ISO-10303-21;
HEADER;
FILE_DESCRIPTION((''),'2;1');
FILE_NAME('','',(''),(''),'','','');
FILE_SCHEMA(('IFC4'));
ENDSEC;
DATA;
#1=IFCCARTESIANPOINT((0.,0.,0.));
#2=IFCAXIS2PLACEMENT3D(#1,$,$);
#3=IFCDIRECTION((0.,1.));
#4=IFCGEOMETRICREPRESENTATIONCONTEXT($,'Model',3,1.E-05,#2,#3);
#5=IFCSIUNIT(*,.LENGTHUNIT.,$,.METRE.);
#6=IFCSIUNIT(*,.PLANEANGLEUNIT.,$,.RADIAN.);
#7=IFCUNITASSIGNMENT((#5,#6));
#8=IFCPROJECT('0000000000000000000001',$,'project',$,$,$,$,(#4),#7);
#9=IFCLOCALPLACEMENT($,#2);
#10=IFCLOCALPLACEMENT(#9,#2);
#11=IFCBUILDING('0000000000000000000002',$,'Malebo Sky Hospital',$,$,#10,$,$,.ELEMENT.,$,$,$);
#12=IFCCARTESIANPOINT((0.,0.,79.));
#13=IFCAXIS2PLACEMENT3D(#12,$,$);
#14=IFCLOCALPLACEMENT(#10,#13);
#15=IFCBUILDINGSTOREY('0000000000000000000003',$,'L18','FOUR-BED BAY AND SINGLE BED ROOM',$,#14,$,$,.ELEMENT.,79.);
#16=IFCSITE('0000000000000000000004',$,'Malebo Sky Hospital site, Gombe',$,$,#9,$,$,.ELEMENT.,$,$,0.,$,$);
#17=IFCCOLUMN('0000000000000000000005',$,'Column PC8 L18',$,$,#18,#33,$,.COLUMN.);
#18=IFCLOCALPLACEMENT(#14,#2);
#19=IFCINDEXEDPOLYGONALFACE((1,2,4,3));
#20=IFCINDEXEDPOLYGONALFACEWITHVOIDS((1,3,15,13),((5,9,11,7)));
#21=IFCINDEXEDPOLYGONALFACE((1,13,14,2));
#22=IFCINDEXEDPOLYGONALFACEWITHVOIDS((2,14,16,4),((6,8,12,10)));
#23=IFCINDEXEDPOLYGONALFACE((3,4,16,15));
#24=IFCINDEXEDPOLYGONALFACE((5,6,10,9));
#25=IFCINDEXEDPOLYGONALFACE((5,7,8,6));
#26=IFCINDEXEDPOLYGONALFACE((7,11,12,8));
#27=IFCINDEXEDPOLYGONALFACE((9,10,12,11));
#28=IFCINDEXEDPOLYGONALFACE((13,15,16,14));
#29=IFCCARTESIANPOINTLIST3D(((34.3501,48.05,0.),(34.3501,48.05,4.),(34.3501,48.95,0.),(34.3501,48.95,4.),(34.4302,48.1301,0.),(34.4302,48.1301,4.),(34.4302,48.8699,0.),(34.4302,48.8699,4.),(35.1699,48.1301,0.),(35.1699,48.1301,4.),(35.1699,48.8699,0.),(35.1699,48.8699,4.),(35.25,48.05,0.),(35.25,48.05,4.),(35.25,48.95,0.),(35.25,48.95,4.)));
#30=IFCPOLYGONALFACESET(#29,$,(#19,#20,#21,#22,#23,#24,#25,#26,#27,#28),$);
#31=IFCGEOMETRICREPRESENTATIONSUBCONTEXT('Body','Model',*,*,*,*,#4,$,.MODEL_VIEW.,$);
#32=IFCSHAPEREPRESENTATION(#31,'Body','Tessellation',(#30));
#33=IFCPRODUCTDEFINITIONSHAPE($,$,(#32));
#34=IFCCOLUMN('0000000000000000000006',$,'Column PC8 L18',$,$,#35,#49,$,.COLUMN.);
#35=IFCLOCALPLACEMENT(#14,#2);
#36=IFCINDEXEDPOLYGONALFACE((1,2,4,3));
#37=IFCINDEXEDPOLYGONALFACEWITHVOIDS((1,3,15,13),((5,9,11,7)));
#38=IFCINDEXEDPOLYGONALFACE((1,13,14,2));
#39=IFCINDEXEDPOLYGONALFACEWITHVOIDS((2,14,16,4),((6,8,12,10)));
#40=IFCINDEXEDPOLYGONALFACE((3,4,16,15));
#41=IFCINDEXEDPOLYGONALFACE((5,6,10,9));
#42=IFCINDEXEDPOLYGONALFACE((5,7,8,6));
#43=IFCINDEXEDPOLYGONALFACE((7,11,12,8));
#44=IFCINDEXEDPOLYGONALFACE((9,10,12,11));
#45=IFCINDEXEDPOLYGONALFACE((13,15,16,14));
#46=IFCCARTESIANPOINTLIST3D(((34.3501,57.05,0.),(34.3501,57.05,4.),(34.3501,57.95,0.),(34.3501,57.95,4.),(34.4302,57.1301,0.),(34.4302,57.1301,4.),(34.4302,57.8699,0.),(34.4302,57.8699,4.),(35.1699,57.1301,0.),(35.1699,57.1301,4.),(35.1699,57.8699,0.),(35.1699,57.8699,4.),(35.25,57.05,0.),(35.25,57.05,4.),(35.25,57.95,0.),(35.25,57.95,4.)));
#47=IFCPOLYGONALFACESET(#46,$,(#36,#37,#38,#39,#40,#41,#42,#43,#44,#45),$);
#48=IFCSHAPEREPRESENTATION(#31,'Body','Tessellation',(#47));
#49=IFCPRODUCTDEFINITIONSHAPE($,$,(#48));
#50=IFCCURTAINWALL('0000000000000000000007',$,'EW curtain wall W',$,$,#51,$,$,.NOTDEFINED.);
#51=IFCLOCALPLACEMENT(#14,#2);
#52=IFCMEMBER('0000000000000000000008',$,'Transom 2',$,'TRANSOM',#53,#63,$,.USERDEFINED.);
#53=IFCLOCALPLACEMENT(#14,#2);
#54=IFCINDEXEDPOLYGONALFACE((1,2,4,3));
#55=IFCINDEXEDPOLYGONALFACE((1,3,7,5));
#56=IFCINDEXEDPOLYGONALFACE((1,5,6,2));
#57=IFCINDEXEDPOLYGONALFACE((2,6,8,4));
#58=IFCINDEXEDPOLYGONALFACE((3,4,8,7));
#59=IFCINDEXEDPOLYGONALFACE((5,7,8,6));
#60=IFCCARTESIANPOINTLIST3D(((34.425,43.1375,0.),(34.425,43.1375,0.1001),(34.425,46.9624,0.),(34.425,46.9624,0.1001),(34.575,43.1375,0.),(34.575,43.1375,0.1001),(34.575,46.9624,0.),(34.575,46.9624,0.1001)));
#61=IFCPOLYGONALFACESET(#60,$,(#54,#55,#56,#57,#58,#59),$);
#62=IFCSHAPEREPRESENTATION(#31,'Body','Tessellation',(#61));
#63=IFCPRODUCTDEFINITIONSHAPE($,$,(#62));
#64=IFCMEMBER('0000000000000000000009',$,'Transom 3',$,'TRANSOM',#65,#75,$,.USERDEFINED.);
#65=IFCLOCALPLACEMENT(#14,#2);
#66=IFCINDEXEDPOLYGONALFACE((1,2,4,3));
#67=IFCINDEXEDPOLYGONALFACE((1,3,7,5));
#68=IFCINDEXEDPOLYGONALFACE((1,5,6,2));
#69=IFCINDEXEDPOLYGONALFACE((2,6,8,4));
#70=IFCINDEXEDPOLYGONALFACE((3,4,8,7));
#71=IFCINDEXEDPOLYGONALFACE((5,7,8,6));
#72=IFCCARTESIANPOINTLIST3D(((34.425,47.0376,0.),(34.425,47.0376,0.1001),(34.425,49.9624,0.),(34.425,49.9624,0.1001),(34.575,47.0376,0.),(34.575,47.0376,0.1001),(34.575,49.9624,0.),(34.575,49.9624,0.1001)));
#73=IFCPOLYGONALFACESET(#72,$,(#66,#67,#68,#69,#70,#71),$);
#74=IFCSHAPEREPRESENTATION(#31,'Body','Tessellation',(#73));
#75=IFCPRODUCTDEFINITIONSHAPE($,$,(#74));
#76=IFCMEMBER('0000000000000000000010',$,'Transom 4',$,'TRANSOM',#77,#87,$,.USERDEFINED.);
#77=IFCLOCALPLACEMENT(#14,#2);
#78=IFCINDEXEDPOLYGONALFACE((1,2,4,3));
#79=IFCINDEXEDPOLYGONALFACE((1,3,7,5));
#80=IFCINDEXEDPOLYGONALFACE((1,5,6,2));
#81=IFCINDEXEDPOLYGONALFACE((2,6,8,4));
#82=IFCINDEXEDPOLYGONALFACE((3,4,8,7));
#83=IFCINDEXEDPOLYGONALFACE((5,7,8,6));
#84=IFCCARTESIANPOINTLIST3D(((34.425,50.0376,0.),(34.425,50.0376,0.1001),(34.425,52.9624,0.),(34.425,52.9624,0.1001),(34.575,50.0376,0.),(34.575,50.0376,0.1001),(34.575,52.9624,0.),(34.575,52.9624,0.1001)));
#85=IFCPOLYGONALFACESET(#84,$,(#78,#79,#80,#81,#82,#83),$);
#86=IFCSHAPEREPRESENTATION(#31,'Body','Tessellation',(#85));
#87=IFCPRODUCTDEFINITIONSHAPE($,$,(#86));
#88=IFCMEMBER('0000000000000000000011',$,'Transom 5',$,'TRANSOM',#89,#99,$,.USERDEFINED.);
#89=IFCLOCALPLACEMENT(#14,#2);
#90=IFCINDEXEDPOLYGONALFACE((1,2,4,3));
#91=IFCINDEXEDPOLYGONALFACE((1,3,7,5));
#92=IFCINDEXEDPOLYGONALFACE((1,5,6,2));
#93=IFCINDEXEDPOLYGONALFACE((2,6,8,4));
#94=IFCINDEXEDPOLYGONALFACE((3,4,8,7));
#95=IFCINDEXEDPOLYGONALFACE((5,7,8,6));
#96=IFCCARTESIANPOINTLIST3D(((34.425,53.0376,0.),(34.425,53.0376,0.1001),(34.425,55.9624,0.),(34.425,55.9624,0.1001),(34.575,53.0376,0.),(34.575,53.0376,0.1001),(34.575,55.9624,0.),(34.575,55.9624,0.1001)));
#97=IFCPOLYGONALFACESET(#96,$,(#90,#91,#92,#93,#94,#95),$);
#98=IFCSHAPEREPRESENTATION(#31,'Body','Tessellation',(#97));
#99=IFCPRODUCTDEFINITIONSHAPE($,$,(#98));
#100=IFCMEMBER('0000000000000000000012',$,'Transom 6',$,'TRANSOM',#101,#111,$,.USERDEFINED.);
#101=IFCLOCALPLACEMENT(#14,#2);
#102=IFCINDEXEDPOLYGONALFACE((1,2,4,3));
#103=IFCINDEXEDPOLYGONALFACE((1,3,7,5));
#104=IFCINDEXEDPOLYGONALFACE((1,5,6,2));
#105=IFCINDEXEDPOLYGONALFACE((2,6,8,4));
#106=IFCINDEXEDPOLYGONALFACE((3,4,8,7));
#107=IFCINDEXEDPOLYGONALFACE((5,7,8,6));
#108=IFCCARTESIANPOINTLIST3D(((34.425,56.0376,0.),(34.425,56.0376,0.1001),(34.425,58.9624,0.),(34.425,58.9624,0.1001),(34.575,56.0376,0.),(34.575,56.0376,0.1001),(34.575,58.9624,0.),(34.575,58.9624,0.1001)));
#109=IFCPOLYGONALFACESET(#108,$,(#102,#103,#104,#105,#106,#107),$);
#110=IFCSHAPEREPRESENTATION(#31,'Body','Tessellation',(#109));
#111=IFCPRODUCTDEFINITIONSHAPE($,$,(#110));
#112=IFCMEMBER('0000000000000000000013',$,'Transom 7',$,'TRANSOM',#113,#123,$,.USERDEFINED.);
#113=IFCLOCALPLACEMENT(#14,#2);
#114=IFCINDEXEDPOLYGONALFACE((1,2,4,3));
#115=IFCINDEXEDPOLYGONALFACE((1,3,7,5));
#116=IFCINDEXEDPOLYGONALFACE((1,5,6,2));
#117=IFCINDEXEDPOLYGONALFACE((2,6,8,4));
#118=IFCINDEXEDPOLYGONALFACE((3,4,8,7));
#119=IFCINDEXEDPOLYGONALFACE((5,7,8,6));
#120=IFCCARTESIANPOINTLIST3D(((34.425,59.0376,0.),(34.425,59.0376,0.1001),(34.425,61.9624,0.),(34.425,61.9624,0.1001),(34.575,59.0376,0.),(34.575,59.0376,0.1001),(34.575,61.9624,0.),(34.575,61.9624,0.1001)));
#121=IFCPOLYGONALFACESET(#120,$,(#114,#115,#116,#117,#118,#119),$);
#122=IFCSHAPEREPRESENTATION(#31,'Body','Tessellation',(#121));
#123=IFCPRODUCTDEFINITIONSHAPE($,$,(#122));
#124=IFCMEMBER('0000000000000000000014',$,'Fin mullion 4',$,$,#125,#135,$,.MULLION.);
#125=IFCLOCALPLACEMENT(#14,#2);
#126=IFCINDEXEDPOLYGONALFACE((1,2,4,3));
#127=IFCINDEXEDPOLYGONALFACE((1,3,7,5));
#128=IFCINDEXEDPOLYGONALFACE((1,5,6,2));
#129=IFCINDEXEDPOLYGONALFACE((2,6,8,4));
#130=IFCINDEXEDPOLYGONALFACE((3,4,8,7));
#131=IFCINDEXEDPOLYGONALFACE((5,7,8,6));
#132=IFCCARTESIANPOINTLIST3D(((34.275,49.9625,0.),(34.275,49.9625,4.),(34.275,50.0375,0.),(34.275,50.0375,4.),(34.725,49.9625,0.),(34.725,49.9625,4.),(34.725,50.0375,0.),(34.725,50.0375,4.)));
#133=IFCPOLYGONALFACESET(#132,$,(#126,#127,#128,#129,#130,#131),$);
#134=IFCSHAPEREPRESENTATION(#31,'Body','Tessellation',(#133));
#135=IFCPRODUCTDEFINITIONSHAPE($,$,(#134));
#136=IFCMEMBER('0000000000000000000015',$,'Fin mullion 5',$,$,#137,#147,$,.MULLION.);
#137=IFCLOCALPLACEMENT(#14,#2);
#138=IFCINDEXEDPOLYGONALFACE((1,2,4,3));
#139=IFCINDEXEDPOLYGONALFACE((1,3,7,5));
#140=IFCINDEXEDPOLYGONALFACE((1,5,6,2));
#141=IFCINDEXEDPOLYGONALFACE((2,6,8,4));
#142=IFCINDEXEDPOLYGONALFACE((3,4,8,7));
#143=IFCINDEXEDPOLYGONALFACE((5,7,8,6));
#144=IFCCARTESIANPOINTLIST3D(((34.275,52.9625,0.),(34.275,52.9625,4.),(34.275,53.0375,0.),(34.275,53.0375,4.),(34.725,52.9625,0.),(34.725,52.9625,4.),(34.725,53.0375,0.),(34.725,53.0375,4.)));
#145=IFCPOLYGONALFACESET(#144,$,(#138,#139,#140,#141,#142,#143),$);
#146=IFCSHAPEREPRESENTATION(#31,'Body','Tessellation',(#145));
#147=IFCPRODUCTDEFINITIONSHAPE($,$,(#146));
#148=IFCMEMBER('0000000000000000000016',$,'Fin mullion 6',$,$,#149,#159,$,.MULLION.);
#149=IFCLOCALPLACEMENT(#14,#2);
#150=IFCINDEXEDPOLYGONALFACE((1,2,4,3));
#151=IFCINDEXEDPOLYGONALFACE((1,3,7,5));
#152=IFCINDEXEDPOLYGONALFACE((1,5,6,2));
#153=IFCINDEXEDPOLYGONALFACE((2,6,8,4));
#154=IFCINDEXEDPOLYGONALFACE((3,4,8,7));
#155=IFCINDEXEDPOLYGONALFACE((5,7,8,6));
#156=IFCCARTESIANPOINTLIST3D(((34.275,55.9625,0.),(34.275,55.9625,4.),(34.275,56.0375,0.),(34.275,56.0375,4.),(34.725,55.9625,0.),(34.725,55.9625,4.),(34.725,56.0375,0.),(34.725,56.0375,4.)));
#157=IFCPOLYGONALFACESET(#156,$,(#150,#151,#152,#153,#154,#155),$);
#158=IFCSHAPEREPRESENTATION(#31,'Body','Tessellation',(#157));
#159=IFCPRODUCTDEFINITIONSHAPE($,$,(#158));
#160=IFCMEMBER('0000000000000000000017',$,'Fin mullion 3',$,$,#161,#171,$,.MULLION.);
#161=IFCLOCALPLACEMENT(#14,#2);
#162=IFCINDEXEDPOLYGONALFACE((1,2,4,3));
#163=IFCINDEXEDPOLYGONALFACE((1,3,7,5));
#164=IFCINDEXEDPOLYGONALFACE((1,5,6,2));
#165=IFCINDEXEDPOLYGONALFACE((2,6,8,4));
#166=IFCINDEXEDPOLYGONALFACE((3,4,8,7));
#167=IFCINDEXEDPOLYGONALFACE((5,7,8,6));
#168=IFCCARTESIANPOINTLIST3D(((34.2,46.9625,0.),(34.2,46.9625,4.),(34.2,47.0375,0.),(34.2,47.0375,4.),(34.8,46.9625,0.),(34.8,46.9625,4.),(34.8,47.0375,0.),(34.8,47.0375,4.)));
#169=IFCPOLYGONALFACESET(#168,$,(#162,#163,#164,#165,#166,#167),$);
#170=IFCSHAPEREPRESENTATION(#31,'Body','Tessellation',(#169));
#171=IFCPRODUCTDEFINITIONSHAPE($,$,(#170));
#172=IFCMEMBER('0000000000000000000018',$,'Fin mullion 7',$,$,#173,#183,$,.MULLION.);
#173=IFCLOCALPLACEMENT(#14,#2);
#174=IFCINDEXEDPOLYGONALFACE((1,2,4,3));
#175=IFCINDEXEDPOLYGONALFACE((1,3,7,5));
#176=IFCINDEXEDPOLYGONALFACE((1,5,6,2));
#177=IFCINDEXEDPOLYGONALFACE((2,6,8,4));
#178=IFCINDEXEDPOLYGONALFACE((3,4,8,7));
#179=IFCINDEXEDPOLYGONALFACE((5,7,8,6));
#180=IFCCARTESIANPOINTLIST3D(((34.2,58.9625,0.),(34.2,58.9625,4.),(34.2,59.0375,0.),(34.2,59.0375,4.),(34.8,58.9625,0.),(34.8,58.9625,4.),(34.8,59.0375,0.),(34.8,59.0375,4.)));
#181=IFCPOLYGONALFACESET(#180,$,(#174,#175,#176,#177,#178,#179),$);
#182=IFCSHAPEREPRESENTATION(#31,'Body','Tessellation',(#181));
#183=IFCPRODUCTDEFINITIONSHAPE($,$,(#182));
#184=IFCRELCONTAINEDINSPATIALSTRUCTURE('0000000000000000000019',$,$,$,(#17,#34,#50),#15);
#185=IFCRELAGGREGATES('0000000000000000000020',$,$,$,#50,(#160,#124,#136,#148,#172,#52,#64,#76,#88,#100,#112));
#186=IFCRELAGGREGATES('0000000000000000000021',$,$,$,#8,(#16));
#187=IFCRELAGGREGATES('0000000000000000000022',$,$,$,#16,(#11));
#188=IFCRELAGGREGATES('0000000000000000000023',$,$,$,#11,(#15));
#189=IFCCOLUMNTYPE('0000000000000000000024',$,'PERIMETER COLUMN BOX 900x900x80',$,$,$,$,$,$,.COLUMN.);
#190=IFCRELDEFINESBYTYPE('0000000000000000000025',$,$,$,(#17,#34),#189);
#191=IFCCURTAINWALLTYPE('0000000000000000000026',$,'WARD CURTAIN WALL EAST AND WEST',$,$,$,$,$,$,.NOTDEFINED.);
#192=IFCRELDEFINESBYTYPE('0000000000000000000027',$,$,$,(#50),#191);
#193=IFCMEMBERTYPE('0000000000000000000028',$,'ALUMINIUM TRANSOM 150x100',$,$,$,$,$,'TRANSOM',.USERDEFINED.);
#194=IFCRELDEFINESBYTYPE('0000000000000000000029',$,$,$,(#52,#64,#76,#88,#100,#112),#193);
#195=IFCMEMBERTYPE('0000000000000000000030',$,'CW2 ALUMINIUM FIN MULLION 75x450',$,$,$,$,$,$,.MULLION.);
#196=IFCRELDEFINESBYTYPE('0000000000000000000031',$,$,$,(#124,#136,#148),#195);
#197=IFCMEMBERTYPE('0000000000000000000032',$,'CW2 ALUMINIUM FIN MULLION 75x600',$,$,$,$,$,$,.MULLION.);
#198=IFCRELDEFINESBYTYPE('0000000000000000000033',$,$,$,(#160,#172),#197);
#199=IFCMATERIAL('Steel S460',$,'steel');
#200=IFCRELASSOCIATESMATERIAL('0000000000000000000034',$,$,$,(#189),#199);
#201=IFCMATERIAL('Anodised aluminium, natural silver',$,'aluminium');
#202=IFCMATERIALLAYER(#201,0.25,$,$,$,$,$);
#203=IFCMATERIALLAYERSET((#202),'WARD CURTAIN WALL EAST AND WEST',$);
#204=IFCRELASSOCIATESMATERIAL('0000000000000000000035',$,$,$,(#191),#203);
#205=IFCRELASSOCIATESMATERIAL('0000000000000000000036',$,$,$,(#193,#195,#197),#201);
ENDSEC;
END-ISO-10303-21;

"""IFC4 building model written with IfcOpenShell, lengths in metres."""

from ifc_helpers import new_model, si_unit, direction, frame, origin, origin_2d, place, context, subcontext, project, spatial, rectangle, hollow_rectangle, extrude, material, layer, layer_set, material_profile, profile_set, type_object, element, aggregate, save


model = new_model("IFC4")

# Units and contexts
model_context = context("Model", 3, precision=1e-05, world=origin(), true_north=direction((0.0, 1.0)))
body_context = subcontext(model_context, "Body", "Model", "MODEL_VIEW")
ifc_project = project(units=[si_unit("LENGTHUNIT", "METRE"), si_unit("PLANEANGLEUNIT", "RADIAN")], contexts=[model_context])

# Site, building, storey
site_placement = place(None, origin())
site = spatial("IfcSite", under=ifc_project, at=site_placement, Name="Malebo Sky Hospital site, Gombe", CompositionType="ELEMENT", RefElevation=0.0)
building_placement = place(site_placement, origin())
building = spatial("IfcBuilding", under=site, at=building_placement, Name="Malebo Sky Hospital", CompositionType="ELEMENT")
storey_placement = place(building_placement, frame((0.0, 0.0, 79.0)))
storey = spatial("IfcBuildingStorey", under=building, at=storey_placement, Name="L18", Description="FOUR-BED BAY AND SINGLE BED ROOM", CompositionType="ELEMENT", Elevation=79.0)

# Columns
ifc_material_1 = material(Name="Steel S460", Category="steel")
ifc_material_profile_1 = material_profile(ifc_material_1, hollow_rectangle(XDim=0.8999, YDim=0.8999, WallThickness=0.0801, at=origin_2d()), Name="BOX 900x900x80")
ifc_profile_set_1 = profile_set([ifc_material_profile_1], Name="Steel S460")
column_type = type_object("IfcColumnType", Name="PERIMETER COLUMN BOX 900x900x80", PredefinedType="COLUMN", material=ifc_profile_set_1)
for number, where, z_axis, x_axis, name in (
    (1, (34.8, 48.5, 0.0), (0.0, 0.0, 1.0), (1.0, 0.0, 0.0), "Column PC8 L18"),
    (2, (34.8, 57.5, 0.0), (0.0, 0.0, 1.0), (1.0, 0.0, 0.0), "Column PC8 L18"),
):
    element("IfcColumn", number, at=place(storey_placement, frame(where, z_axis=z_axis, x_axis=x_axis)), inside=storey, type_object=column_type, Name=name, PredefinedType="COLUMN", context=body_context, shape_type="SweptSolid", body=[
        extrude(hollow_rectangle(XDim=0.8999, YDim=0.8999, WallThickness=0.0801, at=origin_2d()), origin(), (0.0, 0.0, 1.0), 4.0),
    ])

# Curtain wall, members
ifc_material_2 = material(Name="Anodised aluminium, natural silver", Category="aluminium")
ifc_layer_1 = layer(ifc_material_2, 0.25)
ifc_layer_set_1 = layer_set([ifc_layer_1], Name="WARD CURTAIN WALL EAST AND WEST")
curtain_wall_type = type_object("IfcCurtainWallType", Name="WARD CURTAIN WALL EAST AND WEST", PredefinedType="NOTDEFINED", material=ifc_layer_set_1)
curtain_wall_placement = place(storey_placement, origin())
curtain_wall = element("IfcCurtainWall", 3, at=curtain_wall_placement, inside=storey, type_object=curtain_wall_type, Name="EW curtain wall W", PredefinedType="NOTDEFINED")
ifc_material_profile_2 = material_profile(ifc_material_2, rectangle(XDim=0.1499, YDim=0.1001, at=origin_2d()), Name="ALUMINIUM TRANSOM 150x100")
ifc_profile_set_2 = profile_set([ifc_material_profile_2], Name="Anodised aluminium, natural silver")
member_type_1 = type_object("IfcMemberType", Name="ALUMINIUM TRANSOM 150x100", ElementType="TRANSOM", PredefinedType="USERDEFINED", material=ifc_profile_set_2)
member_1_placement = place(storey_placement, frame((34.5, 43.1375, 0.05), z_axis=(0.0, 1.0, 0.0), x_axis=(-1.0, 0.0, 0.0)))
member_1 = element("IfcMember", 4, at=member_1_placement, type_object=member_type_1, Name="Transom 2", ObjectType="TRANSOM", PredefinedType="USERDEFINED", context=body_context, shape_type="SweptSolid", body=[
    extrude(rectangle(XDim=0.1499, YDim=0.1001, at=origin_2d()), origin(), (0.0, 0.0, 1.0), 3.825),
])
member_2_placement = place(storey_placement, frame((34.5, 47.0376, 0.05), z_axis=(0.0, 1.0, 0.0), x_axis=(-1.0, 0.0, 0.0)))
member_2 = element("IfcMember", 5, at=member_2_placement, type_object=member_type_1, Name="Transom 3", ObjectType="TRANSOM", PredefinedType="USERDEFINED", context=body_context, shape_type="SweptSolid", body=[
    extrude(rectangle(XDim=0.1499, YDim=0.1001, at=origin_2d()), origin(), (0.0, 0.0, 1.0), 2.9248),
])
member_3_placement = place(storey_placement, frame((34.5, 50.0376, 0.05), z_axis=(0.0, 1.0, 0.0), x_axis=(-1.0, 0.0, 0.0)))
member_3 = element("IfcMember", 6, at=member_3_placement, type_object=member_type_1, Name="Transom 4", ObjectType="TRANSOM", PredefinedType="USERDEFINED", context=body_context, shape_type="SweptSolid", body=[
    extrude(rectangle(XDim=0.1499, YDim=0.1001, at=origin_2d()), origin(), (0.0, 0.0, 1.0), 2.9248),
])
member_4_placement = place(storey_placement, frame((34.5, 53.0376, 0.05), z_axis=(0.0, 1.0, 0.0), x_axis=(-1.0, 0.0, 0.0)))
member_4 = element("IfcMember", 7, at=member_4_placement, type_object=member_type_1, Name="Transom 5", ObjectType="TRANSOM", PredefinedType="USERDEFINED", context=body_context, shape_type="SweptSolid", body=[
    extrude(rectangle(XDim=0.1499, YDim=0.1001, at=origin_2d()), origin(), (0.0, 0.0, 1.0), 2.9248),
])
member_5_placement = place(storey_placement, frame((34.5, 56.0376, 0.05), z_axis=(0.0, 1.0, 0.0), x_axis=(-1.0, 0.0, 0.0)))
member_5 = element("IfcMember", 8, at=member_5_placement, type_object=member_type_1, Name="Transom 6", ObjectType="TRANSOM", PredefinedType="USERDEFINED", context=body_context, shape_type="SweptSolid", body=[
    extrude(rectangle(XDim=0.1499, YDim=0.1001, at=origin_2d()), origin(), (0.0, 0.0, 1.0), 2.9248),
])
member_6_placement = place(storey_placement, frame((34.5, 59.0376, 0.05), z_axis=(0.0, 1.0, 0.0), x_axis=(-1.0, 0.0, 0.0)))
member_6 = element("IfcMember", 9, at=member_6_placement, type_object=member_type_1, Name="Transom 7", ObjectType="TRANSOM", PredefinedType="USERDEFINED", context=body_context, shape_type="SweptSolid", body=[
    extrude(rectangle(XDim=0.1499, YDim=0.1001, at=origin_2d()), origin(), (0.0, 0.0, 1.0), 2.9248),
])
ifc_material_profile_3 = material_profile(ifc_material_2, rectangle(XDim=0.075, YDim=0.45, at=origin_2d()), Name="CW2 ALUMINIUM FIN MULLION 75x450")
ifc_profile_set_3 = profile_set([ifc_material_profile_3], Name="Anodised aluminium, natural silver")
member_type_2 = type_object("IfcMemberType", Name="CW2 ALUMINIUM FIN MULLION 75x450", PredefinedType="MULLION", material=ifc_profile_set_3)
member_7_placement = place(storey_placement, frame((34.5, 50.0, 0.0), z_axis=(0.0, 0.0, 1.0), x_axis=(0.0, 1.0, 0.0)))
member_7 = element("IfcMember", 10, at=member_7_placement, type_object=member_type_2, Name="Fin mullion 4", PredefinedType="MULLION", context=body_context, shape_type="SweptSolid", body=[
    extrude(rectangle(XDim=0.075, YDim=0.45, at=origin_2d()), origin(), (0.0, 0.0, 1.0), 4.0),
])
member_8_placement = place(storey_placement, frame((34.5, 53.0, 0.0), z_axis=(0.0, 0.0, 1.0), x_axis=(0.0, 1.0, 0.0)))
member_8 = element("IfcMember", 11, at=member_8_placement, type_object=member_type_2, Name="Fin mullion 5", PredefinedType="MULLION", context=body_context, shape_type="SweptSolid", body=[
    extrude(rectangle(XDim=0.075, YDim=0.45, at=origin_2d()), origin(), (0.0, 0.0, 1.0), 4.0),
])
member_9_placement = place(storey_placement, frame((34.5, 56.0, 0.0), z_axis=(0.0, 0.0, 1.0), x_axis=(0.0, 1.0, 0.0)))
member_9 = element("IfcMember", 12, at=member_9_placement, type_object=member_type_2, Name="Fin mullion 6", PredefinedType="MULLION", context=body_context, shape_type="SweptSolid", body=[
    extrude(rectangle(XDim=0.075, YDim=0.45, at=origin_2d()), origin(), (0.0, 0.0, 1.0), 4.0),
])
ifc_material_profile_4 = material_profile(ifc_material_2, rectangle(XDim=0.075, YDim=0.6001, at=origin_2d()), Name="CW2 ALUMINIUM FIN MULLION 75x600")
ifc_profile_set_4 = profile_set([ifc_material_profile_4], Name="Anodised aluminium, natural silver")
member_type_3 = type_object("IfcMemberType", Name="CW2 ALUMINIUM FIN MULLION 75x600", PredefinedType="MULLION", material=ifc_profile_set_4)
member_10_placement = place(storey_placement, frame((34.5, 47.0, 0.0), z_axis=(0.0, 0.0, 1.0), x_axis=(0.0, 1.0, 0.0)))
member_10 = element("IfcMember", 13, at=member_10_placement, type_object=member_type_3, Name="Fin mullion 3", PredefinedType="MULLION", context=body_context, shape_type="SweptSolid", body=[
    extrude(rectangle(XDim=0.075, YDim=0.6001, at=origin_2d()), origin(), (0.0, 0.0, 1.0), 4.0),
])
member_11_placement = place(storey_placement, frame((34.5, 59.0, 0.0), z_axis=(0.0, 0.0, 1.0), x_axis=(0.0, 1.0, 0.0)))
member_11 = element("IfcMember", 14, at=member_11_placement, type_object=member_type_3, Name="Fin mullion 7", PredefinedType="MULLION", context=body_context, shape_type="SweptSolid", body=[
    extrude(rectangle(XDim=0.075, YDim=0.6001, at=origin_2d()), origin(), (0.0, 0.0, 1.0), 4.0),
])

aggregate(curtain_wall, [member_10, member_7, member_8, member_9, member_11, member_1, member_2, member_3, member_4, member_5, member_6])

save(model, "model.ifc")
